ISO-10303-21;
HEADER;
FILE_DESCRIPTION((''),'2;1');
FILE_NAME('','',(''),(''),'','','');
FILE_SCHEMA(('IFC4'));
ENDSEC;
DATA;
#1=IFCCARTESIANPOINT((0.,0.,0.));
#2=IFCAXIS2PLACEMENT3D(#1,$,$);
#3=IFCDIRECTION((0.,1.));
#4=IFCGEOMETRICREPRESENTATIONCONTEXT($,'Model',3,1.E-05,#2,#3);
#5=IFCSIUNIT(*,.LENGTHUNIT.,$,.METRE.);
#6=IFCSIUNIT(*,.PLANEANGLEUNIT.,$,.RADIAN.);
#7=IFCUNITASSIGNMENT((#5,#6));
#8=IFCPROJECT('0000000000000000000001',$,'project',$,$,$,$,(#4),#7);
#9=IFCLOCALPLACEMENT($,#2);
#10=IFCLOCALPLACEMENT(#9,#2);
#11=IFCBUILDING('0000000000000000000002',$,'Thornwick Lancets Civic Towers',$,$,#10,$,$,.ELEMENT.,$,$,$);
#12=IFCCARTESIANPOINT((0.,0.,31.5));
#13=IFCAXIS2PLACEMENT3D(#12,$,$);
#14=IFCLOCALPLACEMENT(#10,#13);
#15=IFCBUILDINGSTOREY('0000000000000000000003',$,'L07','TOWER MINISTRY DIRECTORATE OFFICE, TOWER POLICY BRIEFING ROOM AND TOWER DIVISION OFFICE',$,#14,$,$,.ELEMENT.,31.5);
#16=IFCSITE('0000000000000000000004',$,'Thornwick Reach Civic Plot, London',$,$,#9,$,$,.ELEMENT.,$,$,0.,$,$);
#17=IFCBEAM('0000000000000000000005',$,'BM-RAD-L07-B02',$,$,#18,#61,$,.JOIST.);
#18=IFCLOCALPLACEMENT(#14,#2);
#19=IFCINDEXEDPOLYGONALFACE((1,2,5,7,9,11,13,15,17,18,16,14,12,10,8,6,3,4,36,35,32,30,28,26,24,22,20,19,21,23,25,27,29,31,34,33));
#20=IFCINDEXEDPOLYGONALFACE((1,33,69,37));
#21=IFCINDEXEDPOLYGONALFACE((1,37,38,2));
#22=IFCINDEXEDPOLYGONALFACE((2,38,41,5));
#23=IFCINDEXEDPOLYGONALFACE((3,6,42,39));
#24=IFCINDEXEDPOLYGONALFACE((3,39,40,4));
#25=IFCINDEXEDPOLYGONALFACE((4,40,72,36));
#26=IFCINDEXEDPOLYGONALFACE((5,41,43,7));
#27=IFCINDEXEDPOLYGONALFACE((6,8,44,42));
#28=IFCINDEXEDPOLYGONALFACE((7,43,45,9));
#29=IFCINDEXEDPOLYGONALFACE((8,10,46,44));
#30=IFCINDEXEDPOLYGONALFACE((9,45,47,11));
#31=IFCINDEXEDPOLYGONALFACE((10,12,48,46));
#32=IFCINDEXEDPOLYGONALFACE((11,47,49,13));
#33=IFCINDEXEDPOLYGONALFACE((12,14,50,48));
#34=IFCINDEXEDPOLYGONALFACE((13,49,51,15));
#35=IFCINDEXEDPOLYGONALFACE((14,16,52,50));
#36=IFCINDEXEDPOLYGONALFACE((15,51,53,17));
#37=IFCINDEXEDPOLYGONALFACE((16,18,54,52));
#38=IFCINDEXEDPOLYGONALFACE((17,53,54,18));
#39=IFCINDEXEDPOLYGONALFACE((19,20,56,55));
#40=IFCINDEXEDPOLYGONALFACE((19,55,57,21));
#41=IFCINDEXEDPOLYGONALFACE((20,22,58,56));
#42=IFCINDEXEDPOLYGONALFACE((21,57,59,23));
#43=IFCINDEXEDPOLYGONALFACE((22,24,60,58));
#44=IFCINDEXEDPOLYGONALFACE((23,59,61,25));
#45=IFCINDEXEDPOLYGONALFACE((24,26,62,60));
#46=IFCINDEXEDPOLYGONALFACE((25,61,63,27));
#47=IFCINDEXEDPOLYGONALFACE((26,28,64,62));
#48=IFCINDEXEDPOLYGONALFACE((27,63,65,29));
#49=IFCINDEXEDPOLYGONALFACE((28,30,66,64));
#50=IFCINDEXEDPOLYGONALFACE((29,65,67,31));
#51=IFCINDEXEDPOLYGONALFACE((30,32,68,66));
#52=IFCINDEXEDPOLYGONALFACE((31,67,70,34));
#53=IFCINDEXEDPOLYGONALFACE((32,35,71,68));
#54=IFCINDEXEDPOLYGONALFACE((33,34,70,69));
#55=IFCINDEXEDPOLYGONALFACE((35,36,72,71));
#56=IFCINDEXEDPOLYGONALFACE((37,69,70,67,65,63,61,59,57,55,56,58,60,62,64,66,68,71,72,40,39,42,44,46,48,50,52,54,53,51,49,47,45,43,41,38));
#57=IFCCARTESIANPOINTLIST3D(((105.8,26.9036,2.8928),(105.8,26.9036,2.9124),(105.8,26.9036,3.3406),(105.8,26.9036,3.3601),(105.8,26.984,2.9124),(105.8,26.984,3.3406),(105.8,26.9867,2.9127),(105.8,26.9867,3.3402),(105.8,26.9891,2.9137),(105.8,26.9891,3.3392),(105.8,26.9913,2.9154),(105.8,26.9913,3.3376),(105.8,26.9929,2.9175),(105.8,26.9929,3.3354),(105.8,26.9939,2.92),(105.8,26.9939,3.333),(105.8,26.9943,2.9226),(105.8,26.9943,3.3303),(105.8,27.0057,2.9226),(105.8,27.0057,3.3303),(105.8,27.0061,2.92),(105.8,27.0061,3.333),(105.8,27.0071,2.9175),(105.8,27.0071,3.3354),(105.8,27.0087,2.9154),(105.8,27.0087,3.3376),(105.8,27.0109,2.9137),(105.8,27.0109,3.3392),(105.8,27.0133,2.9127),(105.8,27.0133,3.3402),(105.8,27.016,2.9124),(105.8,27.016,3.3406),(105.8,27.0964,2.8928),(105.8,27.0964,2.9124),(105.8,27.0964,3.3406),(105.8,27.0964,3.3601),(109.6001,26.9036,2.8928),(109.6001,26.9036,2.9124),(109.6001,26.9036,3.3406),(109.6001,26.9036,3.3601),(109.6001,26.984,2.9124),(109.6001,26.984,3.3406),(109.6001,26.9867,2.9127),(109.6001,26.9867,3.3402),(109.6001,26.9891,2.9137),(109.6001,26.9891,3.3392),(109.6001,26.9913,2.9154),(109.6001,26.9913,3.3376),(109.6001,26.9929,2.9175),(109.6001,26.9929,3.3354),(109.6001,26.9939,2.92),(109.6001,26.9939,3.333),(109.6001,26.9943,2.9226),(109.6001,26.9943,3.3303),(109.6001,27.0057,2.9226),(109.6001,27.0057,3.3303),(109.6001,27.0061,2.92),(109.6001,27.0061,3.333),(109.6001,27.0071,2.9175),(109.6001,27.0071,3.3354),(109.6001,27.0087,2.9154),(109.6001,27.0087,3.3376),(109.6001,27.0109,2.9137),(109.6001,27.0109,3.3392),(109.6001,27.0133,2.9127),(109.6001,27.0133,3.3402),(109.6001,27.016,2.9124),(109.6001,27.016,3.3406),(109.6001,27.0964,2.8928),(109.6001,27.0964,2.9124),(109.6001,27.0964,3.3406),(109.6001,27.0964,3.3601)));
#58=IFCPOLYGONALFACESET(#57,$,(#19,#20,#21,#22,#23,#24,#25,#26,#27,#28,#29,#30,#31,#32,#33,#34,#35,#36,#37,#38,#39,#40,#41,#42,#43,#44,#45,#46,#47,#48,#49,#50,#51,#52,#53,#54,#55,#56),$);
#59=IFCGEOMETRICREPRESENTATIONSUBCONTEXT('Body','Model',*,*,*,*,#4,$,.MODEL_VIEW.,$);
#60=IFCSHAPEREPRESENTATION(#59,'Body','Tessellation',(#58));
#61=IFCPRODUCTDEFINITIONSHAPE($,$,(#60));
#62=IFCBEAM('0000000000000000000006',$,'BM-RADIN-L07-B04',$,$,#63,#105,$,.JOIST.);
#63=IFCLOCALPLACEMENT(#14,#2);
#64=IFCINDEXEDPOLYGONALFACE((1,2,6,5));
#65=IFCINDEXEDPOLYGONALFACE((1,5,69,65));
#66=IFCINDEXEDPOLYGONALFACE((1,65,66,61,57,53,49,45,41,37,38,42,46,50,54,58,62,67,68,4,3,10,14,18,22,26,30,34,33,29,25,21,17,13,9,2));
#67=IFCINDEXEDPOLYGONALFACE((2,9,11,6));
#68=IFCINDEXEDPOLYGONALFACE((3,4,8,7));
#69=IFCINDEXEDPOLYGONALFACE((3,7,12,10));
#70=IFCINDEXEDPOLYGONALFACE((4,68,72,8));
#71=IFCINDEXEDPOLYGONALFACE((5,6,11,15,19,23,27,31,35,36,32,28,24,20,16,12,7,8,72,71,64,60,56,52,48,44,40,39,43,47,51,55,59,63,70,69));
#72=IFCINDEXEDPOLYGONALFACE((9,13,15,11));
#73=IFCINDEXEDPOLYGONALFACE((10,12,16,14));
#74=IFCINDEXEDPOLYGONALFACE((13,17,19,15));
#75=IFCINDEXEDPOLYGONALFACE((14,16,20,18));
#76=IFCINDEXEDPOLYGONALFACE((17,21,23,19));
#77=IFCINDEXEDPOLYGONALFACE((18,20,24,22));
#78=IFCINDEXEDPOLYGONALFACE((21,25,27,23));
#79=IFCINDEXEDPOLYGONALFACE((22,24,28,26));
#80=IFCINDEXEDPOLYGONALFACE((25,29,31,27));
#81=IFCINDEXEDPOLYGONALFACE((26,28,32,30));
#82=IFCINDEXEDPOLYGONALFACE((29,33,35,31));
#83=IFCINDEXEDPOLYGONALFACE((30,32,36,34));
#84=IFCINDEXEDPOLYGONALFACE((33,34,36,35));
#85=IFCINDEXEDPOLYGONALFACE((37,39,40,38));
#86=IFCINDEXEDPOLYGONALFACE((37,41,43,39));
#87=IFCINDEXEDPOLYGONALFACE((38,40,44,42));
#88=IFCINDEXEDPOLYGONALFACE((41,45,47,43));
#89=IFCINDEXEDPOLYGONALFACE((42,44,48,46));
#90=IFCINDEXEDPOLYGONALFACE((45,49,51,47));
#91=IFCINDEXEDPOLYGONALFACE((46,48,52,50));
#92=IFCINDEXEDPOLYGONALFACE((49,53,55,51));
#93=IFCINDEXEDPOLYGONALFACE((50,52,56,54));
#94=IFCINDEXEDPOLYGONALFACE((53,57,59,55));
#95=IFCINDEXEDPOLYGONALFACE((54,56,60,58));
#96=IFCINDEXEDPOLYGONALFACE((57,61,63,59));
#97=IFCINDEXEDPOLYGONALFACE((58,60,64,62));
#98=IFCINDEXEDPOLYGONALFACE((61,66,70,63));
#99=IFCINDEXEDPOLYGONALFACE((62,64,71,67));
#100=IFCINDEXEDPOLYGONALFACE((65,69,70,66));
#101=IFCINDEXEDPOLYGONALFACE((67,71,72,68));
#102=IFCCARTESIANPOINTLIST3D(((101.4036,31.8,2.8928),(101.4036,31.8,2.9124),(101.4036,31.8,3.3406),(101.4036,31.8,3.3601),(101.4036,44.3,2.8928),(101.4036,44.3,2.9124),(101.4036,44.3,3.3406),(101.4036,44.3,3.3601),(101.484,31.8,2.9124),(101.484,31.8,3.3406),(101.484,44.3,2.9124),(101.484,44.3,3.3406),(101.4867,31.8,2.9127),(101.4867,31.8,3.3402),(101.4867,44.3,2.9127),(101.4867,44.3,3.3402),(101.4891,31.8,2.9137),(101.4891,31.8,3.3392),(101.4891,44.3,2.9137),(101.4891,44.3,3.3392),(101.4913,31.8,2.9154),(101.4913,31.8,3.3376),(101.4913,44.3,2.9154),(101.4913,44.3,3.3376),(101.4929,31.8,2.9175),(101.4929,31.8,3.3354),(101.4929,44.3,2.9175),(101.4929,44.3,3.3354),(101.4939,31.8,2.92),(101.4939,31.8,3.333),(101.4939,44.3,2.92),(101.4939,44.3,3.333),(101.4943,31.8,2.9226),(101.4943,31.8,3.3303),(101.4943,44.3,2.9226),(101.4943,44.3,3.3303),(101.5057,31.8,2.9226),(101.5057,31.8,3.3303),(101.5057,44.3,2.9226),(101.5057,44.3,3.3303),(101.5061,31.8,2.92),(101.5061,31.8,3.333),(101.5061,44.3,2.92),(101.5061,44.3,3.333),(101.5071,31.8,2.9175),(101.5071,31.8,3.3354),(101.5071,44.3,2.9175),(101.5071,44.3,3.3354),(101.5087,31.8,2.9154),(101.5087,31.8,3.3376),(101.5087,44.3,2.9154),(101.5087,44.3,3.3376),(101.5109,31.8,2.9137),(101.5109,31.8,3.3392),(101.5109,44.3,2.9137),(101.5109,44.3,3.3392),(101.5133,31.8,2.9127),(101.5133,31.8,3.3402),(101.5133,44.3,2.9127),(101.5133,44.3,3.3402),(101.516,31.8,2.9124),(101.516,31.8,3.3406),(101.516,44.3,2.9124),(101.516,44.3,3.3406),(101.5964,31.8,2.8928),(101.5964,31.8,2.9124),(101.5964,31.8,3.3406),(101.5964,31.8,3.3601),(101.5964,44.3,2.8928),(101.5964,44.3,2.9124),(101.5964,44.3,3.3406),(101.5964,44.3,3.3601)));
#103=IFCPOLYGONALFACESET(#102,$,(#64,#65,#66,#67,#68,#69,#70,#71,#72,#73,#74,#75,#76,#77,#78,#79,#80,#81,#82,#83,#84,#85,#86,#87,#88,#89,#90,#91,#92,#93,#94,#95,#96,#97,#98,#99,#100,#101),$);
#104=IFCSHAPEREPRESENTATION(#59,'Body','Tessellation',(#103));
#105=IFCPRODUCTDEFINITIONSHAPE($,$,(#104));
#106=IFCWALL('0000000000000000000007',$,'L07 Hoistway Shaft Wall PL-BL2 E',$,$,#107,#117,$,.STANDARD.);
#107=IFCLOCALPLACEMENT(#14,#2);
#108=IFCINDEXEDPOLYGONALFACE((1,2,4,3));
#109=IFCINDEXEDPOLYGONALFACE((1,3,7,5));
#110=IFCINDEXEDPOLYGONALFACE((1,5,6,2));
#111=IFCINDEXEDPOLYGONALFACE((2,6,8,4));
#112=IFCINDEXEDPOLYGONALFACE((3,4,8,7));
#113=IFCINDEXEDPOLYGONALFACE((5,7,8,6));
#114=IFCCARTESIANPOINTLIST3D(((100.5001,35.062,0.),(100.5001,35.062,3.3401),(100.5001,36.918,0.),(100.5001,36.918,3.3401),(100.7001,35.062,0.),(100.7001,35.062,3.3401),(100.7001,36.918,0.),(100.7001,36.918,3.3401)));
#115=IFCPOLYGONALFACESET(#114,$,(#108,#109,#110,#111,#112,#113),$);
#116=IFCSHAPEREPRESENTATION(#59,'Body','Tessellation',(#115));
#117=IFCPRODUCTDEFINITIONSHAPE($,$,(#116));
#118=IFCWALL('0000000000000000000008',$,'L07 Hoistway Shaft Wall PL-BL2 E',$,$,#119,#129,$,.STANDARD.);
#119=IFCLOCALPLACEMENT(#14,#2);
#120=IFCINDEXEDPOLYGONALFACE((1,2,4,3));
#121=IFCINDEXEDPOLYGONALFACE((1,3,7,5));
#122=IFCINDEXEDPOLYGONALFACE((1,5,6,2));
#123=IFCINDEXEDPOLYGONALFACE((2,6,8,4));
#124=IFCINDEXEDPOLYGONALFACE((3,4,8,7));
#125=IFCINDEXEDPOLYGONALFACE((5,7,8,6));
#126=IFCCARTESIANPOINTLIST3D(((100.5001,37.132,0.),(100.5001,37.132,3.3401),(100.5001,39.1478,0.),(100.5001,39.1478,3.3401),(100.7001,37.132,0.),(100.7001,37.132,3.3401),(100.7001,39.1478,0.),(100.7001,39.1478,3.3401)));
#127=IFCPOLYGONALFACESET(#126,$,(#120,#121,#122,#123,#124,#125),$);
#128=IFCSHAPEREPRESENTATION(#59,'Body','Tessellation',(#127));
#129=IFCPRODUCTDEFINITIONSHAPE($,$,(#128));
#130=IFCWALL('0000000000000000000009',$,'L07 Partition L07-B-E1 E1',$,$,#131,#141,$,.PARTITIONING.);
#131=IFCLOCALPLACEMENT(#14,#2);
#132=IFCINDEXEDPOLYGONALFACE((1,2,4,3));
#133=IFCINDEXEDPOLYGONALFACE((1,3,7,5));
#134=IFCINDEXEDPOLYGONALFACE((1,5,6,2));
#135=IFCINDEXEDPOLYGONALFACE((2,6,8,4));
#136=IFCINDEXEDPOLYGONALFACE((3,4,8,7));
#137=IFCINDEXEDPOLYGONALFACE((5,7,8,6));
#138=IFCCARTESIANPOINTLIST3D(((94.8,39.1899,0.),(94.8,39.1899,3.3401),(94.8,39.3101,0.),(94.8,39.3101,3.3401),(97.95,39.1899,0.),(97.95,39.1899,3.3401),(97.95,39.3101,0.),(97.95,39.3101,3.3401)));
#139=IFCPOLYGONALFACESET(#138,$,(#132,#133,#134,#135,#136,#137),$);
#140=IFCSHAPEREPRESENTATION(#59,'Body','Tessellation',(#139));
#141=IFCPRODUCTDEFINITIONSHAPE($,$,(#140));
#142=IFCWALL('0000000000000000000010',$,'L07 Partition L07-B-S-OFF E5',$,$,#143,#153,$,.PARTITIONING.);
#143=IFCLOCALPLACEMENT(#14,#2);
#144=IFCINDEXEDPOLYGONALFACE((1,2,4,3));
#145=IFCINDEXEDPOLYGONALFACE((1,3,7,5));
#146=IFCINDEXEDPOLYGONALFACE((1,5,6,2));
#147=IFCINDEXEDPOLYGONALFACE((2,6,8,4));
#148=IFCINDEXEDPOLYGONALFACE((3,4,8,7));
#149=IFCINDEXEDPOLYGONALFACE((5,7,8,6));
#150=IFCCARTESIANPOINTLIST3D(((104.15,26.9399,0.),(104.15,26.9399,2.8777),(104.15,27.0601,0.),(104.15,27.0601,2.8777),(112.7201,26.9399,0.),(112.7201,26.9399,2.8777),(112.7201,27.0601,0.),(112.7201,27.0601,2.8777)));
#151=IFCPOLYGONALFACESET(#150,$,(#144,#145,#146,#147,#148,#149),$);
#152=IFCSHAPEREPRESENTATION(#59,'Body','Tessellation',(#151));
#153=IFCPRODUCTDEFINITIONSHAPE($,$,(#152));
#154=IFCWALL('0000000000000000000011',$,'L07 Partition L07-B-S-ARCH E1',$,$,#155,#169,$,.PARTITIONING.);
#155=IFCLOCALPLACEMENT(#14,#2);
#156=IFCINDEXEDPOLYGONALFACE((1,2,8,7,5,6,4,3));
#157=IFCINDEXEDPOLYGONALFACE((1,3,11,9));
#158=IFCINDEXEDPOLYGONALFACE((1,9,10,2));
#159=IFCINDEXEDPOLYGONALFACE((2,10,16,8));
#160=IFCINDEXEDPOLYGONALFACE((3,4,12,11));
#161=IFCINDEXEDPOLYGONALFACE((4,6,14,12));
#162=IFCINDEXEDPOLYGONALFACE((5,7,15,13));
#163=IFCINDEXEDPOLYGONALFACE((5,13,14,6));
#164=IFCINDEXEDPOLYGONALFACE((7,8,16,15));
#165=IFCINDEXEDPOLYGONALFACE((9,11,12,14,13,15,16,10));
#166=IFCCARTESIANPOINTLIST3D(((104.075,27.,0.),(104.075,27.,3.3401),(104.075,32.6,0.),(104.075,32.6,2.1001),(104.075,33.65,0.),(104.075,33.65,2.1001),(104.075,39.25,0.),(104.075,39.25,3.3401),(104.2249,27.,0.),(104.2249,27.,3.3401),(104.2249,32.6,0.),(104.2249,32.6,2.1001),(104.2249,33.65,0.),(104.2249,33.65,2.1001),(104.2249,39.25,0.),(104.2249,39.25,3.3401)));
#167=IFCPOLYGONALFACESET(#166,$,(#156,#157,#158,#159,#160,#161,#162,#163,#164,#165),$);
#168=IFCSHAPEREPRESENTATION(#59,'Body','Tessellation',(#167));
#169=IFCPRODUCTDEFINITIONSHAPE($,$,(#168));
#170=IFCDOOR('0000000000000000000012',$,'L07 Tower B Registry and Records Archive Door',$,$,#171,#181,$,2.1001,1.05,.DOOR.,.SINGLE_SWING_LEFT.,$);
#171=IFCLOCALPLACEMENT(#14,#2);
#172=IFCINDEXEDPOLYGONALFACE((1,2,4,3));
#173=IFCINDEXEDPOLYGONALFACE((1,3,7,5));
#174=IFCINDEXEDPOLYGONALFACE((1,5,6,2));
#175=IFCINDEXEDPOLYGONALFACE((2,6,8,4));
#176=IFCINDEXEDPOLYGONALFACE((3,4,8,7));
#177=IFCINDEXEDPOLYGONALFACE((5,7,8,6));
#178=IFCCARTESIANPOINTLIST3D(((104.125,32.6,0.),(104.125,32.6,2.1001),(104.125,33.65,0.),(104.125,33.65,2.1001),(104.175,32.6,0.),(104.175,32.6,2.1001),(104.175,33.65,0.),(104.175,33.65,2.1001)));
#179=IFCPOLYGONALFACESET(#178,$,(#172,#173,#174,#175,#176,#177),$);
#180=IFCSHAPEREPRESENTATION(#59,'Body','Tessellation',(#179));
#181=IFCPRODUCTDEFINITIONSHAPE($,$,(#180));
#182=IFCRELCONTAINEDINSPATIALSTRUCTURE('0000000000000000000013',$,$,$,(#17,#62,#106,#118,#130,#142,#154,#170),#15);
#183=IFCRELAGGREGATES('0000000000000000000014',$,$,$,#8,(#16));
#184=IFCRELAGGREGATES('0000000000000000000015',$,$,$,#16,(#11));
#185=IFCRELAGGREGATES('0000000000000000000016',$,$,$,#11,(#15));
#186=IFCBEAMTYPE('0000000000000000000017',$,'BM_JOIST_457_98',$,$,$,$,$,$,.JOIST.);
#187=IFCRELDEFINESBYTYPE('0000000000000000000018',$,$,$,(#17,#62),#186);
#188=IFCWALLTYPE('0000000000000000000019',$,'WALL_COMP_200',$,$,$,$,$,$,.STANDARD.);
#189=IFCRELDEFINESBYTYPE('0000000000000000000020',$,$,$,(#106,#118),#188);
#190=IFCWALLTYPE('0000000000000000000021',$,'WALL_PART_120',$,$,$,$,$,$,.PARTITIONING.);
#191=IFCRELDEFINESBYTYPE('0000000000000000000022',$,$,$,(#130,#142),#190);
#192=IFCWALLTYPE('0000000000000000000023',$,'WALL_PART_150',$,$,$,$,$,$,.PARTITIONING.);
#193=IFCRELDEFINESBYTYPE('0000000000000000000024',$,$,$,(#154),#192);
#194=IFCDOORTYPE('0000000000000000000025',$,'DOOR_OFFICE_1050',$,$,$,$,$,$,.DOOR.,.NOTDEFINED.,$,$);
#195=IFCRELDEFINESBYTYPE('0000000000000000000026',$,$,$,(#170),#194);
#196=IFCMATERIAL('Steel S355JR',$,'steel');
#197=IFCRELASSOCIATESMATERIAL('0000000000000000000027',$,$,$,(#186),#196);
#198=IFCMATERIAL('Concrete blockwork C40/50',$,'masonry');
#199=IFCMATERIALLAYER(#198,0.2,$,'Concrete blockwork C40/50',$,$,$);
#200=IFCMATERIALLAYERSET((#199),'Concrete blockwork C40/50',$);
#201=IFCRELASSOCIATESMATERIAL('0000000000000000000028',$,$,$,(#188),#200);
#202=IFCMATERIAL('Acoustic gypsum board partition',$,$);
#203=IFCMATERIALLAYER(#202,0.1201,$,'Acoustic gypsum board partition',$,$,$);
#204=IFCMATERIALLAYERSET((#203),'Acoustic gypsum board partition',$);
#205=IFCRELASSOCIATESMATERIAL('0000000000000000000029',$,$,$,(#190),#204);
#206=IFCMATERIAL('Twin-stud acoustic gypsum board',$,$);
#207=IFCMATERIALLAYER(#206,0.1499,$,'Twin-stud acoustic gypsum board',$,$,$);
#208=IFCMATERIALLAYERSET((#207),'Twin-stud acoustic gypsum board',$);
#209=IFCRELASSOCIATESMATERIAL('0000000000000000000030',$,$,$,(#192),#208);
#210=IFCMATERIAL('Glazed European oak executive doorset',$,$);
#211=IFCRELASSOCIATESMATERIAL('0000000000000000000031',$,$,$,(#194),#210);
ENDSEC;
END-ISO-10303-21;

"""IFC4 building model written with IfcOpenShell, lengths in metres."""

from ifc_helpers import new_model, si_unit, direction, frame, frame_2d, origin, origin_2d, place, context, subcontext, project, spatial, rectangle, i_section, extrude, material, layer, layer_set, material_profile, profile_set, type_object, element, fill, save


model = new_model("IFC4")

# Units and contexts
model_context = context("Model", 3, precision=1e-05, world=origin(), true_north=direction((0.0, 1.0)))
body_context = subcontext(model_context, "Body", "Model", "MODEL_VIEW")
ifc_project = project(units=[si_unit("LENGTHUNIT", "METRE"), si_unit("PLANEANGLEUNIT", "RADIAN")], contexts=[model_context])

# Site, building, storey
site_placement = place(None, origin())
site = spatial("IfcSite", under=ifc_project, at=site_placement, Name="Thornwick Reach Civic Plot, London", CompositionType="ELEMENT", RefElevation=0.0)
building_placement = place(site_placement, origin())
building = spatial("IfcBuilding", under=site, at=building_placement, Name="Thornwick Lancets Civic Towers", CompositionType="ELEMENT")
storey_placement = place(building_placement, frame((0.0, 0.0, 31.5)))
storey = spatial("IfcBuildingStorey", under=building, at=storey_placement, Name="L07", Description="TOWER MINISTRY DIRECTORATE OFFICE, TOWER POLICY BRIEFING ROOM AND TOWER DIVISION OFFICE", CompositionType="ELEMENT", Elevation=31.5)

# Beams
ifc_material_1 = material(Name="Steel S355JR", Category="steel")
ifc_material_profile_1 = material_profile(ifc_material_1, i_section(OverallWidth=0.1929, OverallDepth=0.4673, WebThickness=0.0115, FlangeThickness=0.0195, FilletRadius=0.0103, at=origin_2d()), Name="UKB 457x191x98")
ifc_profile_set_1 = profile_set([ifc_material_profile_1], Name="Steel S355JR")
beam_type_1 = type_object("IfcBeamType", Name="BM_JOIST_457_98", PredefinedType="JOIST", material=ifc_profile_set_1)
beam_1_placement = place(storey_placement, frame((105.8, 27.0, 3.1265), z_axis=(1.0, 0.0, 0.0), x_axis=(0.0, 1.0, 0.0)))
element("IfcBeam", 1, at=beam_1_placement, inside=storey, type_object=beam_type_1, Name="BM-RAD-L07-B02", PredefinedType="JOIST", context=body_context, shape_type="SweptSolid", body=[
    extrude(i_section(OverallWidth=0.1929, OverallDepth=0.4673, WebThickness=0.0115, FlangeThickness=0.0195, FilletRadius=0.0103, at=origin_2d()), origin(), (0.0, 0.0, 1.0), 3.8),
])
beam_2_placement = place(storey_placement, frame((101.5, 31.8, 3.1265), z_axis=(0.0, 1.0, 0.0), x_axis=(-1.0, 0.0, 0.0)))
element("IfcBeam", 2, at=beam_2_placement, inside=storey, type_object=beam_type_1, Name="BM-RADIN-L07-B04", PredefinedType="JOIST", context=body_context, shape_type="SweptSolid", body=[
    extrude(i_section(OverallWidth=0.1929, OverallDepth=0.4673, WebThickness=0.0115, FlangeThickness=0.0195, FilletRadius=0.0103, at=origin_2d()), origin(), (0.0, 0.0, 1.0), 12.5),
])

# Walls
ifc_material_2 = material(Name="Concrete blockwork C40/50", Category="masonry")
ifc_layer_1 = layer(ifc_material_2, 0.2, Name="Concrete blockwork C40/50")
ifc_layer_set_1 = layer_set([ifc_layer_1], Name="Concrete blockwork C40/50")
wall_type_1 = type_object("IfcWallType", Name="WALL_COMP_200", PredefinedType="STANDARD", material=ifc_layer_set_1)
wall_1_placement = place(storey_placement, frame((100.6001, 35.062, 0.0), z_axis=(0.0, 0.0, 1.0), x_axis=(0.0, 1.0, 0.0)))
element("IfcWall", 3, at=wall_1_placement, inside=storey, type_object=wall_type_1, Name="L07 Hoistway Shaft Wall PL-BL2 E", PredefinedType="STANDARD", context=body_context, shape_type="SweptSolid", body=[
    extrude(rectangle(XDim=1.856, YDim=0.2, at=frame_2d((0.928, 0.0))), origin(), (0.0, 0.0, 1.0), 3.3401),
])
wall_2_placement = place(storey_placement, frame((100.6001, 37.1321, 0.0), z_axis=(0.0, 0.0, 1.0), x_axis=(0.0, 1.0, 0.0)))
element("IfcWall", 4, at=wall_2_placement, inside=storey, type_object=wall_type_1, Name="L07 Hoistway Shaft Wall PL-BL2 E", PredefinedType="STANDARD", context=body_context, shape_type="SweptSolid", body=[
    extrude(rectangle(XDim=2.0159, YDim=0.2, at=frame_2d((1.0078, 0.0))), origin(), (0.0, 0.0, 1.0), 3.3401),
])
ifc_material_3 = material(Name="Acoustic gypsum board partition")
ifc_layer_2 = layer(ifc_material_3, 0.1201, Name="Acoustic gypsum board partition")
ifc_layer_set_2 = layer_set([ifc_layer_2], Name="Acoustic gypsum board partition")
wall_type_2 = type_object("IfcWallType", Name="WALL_PART_120", PredefinedType="PARTITIONING", material=ifc_layer_set_2)
wall_3_placement = place(storey_placement, frame((97.95, 39.25, 0.0), z_axis=(0.0, 0.0, 1.0), x_axis=(-1.0, 0.0, 0.0)))
element("IfcWall", 5, at=wall_3_placement, inside=storey, type_object=wall_type_2, Name="L07 Partition L07-B-E1 E1", PredefinedType="PARTITIONING", context=body_context, shape_type="SweptSolid", body=[
    extrude(rectangle(XDim=3.1499, YDim=0.1201, at=frame_2d((1.575, 0.0))), origin(), (0.0, 0.0, 1.0), 3.3401),
])
wall_4_placement = place(storey_placement, frame((104.1499, 27.0, 0.0), z_axis=(0.0, 0.0, 1.0), x_axis=(1.0, 0.0, 0.0)))
element("IfcWall", 6, at=wall_4_placement, inside=storey, type_object=wall_type_2, Name="L07 Partition L07-B-S-OFF E5", PredefinedType="PARTITIONING", context=body_context, shape_type="SweptSolid", body=[
    extrude(rectangle(XDim=8.5701, YDim=0.1201, at=frame_2d((4.2852, 0.0))), origin(), (0.0, 0.0, 1.0), 2.8777),
])

# Wall, opening, door
ifc_material_4 = material(Name="Twin-stud acoustic gypsum board")
ifc_layer_3 = layer(ifc_material_4, 0.1499, Name="Twin-stud acoustic gypsum board")
ifc_layer_set_3 = layer_set([ifc_layer_3], Name="Twin-stud acoustic gypsum board")
wall_type_3 = type_object("IfcWallType", Name="WALL_PART_150", PredefinedType="PARTITIONING", material=ifc_layer_set_3)
wall_5_placement = place(storey_placement, frame((104.1499, 27.0, 0.0), z_axis=(0.0, 0.0, 1.0), x_axis=(0.0, 1.0, 0.0)))
wall_5 = element("IfcWall", 7, at=wall_5_placement, inside=storey, type_object=wall_type_3, Name="L07 Partition L07-B-S-ARCH E1", PredefinedType="PARTITIONING", context=body_context, shape_type="SweptSolid", body=[
    extrude(rectangle(XDim=12.25, YDim=0.1499, at=frame_2d((6.125, 0.0))), origin(), (0.0, 0.0, 1.0), 3.3401),
])
opening_placement = place(wall_5_placement, frame((5.6001, 0.0, 0.0)))
opening = element("IfcOpeningElement", 8, at=opening_placement, cuts=wall_5, PredefinedType="OPENING", context=body_context, shape_type="SweptSolid", body=[
    extrude(rectangle(XDim=1.05, YDim=2.1001, at=frame_2d((0.5249, 1.05))), frame((0.0, 0.085, 0.0), z_axis=(0.0, -1.0, 0.0), x_axis=(1.0, 0.0, 0.0)), (0.0, 0.0, 1.0), 0.1699),
])
ifc_material_5 = material(Name="Glazed European oak executive doorset")
door_type = type_object("IfcDoorType", Name="DOOR_OFFICE_1050", OperationType="NOTDEFINED", PredefinedType="DOOR", material=ifc_material_5)
door_placement = place(opening_placement, origin())
door = element("IfcDoor", 9, at=door_placement, inside=storey, type_object=door_type, Name="L07 Tower B Registry and Records Archive Door", OperationType="SINGLE_SWING_LEFT", OverallHeight=2.1001, OverallWidth=1.05, PredefinedType="DOOR", context=body_context, shape_type="SweptSolid", body=[
    extrude(rectangle(XDim=1.05, YDim=2.1001, at=frame_2d((0.5249, 1.05))), frame((0.0, 0.0249, 0.0), z_axis=(0.0, -1.0, 0.0), x_axis=(1.0, 0.0, 0.0)), (0.0, 0.0, 1.0), 0.05),
])
fill(opening, door)

save(model, "model.ifc")
